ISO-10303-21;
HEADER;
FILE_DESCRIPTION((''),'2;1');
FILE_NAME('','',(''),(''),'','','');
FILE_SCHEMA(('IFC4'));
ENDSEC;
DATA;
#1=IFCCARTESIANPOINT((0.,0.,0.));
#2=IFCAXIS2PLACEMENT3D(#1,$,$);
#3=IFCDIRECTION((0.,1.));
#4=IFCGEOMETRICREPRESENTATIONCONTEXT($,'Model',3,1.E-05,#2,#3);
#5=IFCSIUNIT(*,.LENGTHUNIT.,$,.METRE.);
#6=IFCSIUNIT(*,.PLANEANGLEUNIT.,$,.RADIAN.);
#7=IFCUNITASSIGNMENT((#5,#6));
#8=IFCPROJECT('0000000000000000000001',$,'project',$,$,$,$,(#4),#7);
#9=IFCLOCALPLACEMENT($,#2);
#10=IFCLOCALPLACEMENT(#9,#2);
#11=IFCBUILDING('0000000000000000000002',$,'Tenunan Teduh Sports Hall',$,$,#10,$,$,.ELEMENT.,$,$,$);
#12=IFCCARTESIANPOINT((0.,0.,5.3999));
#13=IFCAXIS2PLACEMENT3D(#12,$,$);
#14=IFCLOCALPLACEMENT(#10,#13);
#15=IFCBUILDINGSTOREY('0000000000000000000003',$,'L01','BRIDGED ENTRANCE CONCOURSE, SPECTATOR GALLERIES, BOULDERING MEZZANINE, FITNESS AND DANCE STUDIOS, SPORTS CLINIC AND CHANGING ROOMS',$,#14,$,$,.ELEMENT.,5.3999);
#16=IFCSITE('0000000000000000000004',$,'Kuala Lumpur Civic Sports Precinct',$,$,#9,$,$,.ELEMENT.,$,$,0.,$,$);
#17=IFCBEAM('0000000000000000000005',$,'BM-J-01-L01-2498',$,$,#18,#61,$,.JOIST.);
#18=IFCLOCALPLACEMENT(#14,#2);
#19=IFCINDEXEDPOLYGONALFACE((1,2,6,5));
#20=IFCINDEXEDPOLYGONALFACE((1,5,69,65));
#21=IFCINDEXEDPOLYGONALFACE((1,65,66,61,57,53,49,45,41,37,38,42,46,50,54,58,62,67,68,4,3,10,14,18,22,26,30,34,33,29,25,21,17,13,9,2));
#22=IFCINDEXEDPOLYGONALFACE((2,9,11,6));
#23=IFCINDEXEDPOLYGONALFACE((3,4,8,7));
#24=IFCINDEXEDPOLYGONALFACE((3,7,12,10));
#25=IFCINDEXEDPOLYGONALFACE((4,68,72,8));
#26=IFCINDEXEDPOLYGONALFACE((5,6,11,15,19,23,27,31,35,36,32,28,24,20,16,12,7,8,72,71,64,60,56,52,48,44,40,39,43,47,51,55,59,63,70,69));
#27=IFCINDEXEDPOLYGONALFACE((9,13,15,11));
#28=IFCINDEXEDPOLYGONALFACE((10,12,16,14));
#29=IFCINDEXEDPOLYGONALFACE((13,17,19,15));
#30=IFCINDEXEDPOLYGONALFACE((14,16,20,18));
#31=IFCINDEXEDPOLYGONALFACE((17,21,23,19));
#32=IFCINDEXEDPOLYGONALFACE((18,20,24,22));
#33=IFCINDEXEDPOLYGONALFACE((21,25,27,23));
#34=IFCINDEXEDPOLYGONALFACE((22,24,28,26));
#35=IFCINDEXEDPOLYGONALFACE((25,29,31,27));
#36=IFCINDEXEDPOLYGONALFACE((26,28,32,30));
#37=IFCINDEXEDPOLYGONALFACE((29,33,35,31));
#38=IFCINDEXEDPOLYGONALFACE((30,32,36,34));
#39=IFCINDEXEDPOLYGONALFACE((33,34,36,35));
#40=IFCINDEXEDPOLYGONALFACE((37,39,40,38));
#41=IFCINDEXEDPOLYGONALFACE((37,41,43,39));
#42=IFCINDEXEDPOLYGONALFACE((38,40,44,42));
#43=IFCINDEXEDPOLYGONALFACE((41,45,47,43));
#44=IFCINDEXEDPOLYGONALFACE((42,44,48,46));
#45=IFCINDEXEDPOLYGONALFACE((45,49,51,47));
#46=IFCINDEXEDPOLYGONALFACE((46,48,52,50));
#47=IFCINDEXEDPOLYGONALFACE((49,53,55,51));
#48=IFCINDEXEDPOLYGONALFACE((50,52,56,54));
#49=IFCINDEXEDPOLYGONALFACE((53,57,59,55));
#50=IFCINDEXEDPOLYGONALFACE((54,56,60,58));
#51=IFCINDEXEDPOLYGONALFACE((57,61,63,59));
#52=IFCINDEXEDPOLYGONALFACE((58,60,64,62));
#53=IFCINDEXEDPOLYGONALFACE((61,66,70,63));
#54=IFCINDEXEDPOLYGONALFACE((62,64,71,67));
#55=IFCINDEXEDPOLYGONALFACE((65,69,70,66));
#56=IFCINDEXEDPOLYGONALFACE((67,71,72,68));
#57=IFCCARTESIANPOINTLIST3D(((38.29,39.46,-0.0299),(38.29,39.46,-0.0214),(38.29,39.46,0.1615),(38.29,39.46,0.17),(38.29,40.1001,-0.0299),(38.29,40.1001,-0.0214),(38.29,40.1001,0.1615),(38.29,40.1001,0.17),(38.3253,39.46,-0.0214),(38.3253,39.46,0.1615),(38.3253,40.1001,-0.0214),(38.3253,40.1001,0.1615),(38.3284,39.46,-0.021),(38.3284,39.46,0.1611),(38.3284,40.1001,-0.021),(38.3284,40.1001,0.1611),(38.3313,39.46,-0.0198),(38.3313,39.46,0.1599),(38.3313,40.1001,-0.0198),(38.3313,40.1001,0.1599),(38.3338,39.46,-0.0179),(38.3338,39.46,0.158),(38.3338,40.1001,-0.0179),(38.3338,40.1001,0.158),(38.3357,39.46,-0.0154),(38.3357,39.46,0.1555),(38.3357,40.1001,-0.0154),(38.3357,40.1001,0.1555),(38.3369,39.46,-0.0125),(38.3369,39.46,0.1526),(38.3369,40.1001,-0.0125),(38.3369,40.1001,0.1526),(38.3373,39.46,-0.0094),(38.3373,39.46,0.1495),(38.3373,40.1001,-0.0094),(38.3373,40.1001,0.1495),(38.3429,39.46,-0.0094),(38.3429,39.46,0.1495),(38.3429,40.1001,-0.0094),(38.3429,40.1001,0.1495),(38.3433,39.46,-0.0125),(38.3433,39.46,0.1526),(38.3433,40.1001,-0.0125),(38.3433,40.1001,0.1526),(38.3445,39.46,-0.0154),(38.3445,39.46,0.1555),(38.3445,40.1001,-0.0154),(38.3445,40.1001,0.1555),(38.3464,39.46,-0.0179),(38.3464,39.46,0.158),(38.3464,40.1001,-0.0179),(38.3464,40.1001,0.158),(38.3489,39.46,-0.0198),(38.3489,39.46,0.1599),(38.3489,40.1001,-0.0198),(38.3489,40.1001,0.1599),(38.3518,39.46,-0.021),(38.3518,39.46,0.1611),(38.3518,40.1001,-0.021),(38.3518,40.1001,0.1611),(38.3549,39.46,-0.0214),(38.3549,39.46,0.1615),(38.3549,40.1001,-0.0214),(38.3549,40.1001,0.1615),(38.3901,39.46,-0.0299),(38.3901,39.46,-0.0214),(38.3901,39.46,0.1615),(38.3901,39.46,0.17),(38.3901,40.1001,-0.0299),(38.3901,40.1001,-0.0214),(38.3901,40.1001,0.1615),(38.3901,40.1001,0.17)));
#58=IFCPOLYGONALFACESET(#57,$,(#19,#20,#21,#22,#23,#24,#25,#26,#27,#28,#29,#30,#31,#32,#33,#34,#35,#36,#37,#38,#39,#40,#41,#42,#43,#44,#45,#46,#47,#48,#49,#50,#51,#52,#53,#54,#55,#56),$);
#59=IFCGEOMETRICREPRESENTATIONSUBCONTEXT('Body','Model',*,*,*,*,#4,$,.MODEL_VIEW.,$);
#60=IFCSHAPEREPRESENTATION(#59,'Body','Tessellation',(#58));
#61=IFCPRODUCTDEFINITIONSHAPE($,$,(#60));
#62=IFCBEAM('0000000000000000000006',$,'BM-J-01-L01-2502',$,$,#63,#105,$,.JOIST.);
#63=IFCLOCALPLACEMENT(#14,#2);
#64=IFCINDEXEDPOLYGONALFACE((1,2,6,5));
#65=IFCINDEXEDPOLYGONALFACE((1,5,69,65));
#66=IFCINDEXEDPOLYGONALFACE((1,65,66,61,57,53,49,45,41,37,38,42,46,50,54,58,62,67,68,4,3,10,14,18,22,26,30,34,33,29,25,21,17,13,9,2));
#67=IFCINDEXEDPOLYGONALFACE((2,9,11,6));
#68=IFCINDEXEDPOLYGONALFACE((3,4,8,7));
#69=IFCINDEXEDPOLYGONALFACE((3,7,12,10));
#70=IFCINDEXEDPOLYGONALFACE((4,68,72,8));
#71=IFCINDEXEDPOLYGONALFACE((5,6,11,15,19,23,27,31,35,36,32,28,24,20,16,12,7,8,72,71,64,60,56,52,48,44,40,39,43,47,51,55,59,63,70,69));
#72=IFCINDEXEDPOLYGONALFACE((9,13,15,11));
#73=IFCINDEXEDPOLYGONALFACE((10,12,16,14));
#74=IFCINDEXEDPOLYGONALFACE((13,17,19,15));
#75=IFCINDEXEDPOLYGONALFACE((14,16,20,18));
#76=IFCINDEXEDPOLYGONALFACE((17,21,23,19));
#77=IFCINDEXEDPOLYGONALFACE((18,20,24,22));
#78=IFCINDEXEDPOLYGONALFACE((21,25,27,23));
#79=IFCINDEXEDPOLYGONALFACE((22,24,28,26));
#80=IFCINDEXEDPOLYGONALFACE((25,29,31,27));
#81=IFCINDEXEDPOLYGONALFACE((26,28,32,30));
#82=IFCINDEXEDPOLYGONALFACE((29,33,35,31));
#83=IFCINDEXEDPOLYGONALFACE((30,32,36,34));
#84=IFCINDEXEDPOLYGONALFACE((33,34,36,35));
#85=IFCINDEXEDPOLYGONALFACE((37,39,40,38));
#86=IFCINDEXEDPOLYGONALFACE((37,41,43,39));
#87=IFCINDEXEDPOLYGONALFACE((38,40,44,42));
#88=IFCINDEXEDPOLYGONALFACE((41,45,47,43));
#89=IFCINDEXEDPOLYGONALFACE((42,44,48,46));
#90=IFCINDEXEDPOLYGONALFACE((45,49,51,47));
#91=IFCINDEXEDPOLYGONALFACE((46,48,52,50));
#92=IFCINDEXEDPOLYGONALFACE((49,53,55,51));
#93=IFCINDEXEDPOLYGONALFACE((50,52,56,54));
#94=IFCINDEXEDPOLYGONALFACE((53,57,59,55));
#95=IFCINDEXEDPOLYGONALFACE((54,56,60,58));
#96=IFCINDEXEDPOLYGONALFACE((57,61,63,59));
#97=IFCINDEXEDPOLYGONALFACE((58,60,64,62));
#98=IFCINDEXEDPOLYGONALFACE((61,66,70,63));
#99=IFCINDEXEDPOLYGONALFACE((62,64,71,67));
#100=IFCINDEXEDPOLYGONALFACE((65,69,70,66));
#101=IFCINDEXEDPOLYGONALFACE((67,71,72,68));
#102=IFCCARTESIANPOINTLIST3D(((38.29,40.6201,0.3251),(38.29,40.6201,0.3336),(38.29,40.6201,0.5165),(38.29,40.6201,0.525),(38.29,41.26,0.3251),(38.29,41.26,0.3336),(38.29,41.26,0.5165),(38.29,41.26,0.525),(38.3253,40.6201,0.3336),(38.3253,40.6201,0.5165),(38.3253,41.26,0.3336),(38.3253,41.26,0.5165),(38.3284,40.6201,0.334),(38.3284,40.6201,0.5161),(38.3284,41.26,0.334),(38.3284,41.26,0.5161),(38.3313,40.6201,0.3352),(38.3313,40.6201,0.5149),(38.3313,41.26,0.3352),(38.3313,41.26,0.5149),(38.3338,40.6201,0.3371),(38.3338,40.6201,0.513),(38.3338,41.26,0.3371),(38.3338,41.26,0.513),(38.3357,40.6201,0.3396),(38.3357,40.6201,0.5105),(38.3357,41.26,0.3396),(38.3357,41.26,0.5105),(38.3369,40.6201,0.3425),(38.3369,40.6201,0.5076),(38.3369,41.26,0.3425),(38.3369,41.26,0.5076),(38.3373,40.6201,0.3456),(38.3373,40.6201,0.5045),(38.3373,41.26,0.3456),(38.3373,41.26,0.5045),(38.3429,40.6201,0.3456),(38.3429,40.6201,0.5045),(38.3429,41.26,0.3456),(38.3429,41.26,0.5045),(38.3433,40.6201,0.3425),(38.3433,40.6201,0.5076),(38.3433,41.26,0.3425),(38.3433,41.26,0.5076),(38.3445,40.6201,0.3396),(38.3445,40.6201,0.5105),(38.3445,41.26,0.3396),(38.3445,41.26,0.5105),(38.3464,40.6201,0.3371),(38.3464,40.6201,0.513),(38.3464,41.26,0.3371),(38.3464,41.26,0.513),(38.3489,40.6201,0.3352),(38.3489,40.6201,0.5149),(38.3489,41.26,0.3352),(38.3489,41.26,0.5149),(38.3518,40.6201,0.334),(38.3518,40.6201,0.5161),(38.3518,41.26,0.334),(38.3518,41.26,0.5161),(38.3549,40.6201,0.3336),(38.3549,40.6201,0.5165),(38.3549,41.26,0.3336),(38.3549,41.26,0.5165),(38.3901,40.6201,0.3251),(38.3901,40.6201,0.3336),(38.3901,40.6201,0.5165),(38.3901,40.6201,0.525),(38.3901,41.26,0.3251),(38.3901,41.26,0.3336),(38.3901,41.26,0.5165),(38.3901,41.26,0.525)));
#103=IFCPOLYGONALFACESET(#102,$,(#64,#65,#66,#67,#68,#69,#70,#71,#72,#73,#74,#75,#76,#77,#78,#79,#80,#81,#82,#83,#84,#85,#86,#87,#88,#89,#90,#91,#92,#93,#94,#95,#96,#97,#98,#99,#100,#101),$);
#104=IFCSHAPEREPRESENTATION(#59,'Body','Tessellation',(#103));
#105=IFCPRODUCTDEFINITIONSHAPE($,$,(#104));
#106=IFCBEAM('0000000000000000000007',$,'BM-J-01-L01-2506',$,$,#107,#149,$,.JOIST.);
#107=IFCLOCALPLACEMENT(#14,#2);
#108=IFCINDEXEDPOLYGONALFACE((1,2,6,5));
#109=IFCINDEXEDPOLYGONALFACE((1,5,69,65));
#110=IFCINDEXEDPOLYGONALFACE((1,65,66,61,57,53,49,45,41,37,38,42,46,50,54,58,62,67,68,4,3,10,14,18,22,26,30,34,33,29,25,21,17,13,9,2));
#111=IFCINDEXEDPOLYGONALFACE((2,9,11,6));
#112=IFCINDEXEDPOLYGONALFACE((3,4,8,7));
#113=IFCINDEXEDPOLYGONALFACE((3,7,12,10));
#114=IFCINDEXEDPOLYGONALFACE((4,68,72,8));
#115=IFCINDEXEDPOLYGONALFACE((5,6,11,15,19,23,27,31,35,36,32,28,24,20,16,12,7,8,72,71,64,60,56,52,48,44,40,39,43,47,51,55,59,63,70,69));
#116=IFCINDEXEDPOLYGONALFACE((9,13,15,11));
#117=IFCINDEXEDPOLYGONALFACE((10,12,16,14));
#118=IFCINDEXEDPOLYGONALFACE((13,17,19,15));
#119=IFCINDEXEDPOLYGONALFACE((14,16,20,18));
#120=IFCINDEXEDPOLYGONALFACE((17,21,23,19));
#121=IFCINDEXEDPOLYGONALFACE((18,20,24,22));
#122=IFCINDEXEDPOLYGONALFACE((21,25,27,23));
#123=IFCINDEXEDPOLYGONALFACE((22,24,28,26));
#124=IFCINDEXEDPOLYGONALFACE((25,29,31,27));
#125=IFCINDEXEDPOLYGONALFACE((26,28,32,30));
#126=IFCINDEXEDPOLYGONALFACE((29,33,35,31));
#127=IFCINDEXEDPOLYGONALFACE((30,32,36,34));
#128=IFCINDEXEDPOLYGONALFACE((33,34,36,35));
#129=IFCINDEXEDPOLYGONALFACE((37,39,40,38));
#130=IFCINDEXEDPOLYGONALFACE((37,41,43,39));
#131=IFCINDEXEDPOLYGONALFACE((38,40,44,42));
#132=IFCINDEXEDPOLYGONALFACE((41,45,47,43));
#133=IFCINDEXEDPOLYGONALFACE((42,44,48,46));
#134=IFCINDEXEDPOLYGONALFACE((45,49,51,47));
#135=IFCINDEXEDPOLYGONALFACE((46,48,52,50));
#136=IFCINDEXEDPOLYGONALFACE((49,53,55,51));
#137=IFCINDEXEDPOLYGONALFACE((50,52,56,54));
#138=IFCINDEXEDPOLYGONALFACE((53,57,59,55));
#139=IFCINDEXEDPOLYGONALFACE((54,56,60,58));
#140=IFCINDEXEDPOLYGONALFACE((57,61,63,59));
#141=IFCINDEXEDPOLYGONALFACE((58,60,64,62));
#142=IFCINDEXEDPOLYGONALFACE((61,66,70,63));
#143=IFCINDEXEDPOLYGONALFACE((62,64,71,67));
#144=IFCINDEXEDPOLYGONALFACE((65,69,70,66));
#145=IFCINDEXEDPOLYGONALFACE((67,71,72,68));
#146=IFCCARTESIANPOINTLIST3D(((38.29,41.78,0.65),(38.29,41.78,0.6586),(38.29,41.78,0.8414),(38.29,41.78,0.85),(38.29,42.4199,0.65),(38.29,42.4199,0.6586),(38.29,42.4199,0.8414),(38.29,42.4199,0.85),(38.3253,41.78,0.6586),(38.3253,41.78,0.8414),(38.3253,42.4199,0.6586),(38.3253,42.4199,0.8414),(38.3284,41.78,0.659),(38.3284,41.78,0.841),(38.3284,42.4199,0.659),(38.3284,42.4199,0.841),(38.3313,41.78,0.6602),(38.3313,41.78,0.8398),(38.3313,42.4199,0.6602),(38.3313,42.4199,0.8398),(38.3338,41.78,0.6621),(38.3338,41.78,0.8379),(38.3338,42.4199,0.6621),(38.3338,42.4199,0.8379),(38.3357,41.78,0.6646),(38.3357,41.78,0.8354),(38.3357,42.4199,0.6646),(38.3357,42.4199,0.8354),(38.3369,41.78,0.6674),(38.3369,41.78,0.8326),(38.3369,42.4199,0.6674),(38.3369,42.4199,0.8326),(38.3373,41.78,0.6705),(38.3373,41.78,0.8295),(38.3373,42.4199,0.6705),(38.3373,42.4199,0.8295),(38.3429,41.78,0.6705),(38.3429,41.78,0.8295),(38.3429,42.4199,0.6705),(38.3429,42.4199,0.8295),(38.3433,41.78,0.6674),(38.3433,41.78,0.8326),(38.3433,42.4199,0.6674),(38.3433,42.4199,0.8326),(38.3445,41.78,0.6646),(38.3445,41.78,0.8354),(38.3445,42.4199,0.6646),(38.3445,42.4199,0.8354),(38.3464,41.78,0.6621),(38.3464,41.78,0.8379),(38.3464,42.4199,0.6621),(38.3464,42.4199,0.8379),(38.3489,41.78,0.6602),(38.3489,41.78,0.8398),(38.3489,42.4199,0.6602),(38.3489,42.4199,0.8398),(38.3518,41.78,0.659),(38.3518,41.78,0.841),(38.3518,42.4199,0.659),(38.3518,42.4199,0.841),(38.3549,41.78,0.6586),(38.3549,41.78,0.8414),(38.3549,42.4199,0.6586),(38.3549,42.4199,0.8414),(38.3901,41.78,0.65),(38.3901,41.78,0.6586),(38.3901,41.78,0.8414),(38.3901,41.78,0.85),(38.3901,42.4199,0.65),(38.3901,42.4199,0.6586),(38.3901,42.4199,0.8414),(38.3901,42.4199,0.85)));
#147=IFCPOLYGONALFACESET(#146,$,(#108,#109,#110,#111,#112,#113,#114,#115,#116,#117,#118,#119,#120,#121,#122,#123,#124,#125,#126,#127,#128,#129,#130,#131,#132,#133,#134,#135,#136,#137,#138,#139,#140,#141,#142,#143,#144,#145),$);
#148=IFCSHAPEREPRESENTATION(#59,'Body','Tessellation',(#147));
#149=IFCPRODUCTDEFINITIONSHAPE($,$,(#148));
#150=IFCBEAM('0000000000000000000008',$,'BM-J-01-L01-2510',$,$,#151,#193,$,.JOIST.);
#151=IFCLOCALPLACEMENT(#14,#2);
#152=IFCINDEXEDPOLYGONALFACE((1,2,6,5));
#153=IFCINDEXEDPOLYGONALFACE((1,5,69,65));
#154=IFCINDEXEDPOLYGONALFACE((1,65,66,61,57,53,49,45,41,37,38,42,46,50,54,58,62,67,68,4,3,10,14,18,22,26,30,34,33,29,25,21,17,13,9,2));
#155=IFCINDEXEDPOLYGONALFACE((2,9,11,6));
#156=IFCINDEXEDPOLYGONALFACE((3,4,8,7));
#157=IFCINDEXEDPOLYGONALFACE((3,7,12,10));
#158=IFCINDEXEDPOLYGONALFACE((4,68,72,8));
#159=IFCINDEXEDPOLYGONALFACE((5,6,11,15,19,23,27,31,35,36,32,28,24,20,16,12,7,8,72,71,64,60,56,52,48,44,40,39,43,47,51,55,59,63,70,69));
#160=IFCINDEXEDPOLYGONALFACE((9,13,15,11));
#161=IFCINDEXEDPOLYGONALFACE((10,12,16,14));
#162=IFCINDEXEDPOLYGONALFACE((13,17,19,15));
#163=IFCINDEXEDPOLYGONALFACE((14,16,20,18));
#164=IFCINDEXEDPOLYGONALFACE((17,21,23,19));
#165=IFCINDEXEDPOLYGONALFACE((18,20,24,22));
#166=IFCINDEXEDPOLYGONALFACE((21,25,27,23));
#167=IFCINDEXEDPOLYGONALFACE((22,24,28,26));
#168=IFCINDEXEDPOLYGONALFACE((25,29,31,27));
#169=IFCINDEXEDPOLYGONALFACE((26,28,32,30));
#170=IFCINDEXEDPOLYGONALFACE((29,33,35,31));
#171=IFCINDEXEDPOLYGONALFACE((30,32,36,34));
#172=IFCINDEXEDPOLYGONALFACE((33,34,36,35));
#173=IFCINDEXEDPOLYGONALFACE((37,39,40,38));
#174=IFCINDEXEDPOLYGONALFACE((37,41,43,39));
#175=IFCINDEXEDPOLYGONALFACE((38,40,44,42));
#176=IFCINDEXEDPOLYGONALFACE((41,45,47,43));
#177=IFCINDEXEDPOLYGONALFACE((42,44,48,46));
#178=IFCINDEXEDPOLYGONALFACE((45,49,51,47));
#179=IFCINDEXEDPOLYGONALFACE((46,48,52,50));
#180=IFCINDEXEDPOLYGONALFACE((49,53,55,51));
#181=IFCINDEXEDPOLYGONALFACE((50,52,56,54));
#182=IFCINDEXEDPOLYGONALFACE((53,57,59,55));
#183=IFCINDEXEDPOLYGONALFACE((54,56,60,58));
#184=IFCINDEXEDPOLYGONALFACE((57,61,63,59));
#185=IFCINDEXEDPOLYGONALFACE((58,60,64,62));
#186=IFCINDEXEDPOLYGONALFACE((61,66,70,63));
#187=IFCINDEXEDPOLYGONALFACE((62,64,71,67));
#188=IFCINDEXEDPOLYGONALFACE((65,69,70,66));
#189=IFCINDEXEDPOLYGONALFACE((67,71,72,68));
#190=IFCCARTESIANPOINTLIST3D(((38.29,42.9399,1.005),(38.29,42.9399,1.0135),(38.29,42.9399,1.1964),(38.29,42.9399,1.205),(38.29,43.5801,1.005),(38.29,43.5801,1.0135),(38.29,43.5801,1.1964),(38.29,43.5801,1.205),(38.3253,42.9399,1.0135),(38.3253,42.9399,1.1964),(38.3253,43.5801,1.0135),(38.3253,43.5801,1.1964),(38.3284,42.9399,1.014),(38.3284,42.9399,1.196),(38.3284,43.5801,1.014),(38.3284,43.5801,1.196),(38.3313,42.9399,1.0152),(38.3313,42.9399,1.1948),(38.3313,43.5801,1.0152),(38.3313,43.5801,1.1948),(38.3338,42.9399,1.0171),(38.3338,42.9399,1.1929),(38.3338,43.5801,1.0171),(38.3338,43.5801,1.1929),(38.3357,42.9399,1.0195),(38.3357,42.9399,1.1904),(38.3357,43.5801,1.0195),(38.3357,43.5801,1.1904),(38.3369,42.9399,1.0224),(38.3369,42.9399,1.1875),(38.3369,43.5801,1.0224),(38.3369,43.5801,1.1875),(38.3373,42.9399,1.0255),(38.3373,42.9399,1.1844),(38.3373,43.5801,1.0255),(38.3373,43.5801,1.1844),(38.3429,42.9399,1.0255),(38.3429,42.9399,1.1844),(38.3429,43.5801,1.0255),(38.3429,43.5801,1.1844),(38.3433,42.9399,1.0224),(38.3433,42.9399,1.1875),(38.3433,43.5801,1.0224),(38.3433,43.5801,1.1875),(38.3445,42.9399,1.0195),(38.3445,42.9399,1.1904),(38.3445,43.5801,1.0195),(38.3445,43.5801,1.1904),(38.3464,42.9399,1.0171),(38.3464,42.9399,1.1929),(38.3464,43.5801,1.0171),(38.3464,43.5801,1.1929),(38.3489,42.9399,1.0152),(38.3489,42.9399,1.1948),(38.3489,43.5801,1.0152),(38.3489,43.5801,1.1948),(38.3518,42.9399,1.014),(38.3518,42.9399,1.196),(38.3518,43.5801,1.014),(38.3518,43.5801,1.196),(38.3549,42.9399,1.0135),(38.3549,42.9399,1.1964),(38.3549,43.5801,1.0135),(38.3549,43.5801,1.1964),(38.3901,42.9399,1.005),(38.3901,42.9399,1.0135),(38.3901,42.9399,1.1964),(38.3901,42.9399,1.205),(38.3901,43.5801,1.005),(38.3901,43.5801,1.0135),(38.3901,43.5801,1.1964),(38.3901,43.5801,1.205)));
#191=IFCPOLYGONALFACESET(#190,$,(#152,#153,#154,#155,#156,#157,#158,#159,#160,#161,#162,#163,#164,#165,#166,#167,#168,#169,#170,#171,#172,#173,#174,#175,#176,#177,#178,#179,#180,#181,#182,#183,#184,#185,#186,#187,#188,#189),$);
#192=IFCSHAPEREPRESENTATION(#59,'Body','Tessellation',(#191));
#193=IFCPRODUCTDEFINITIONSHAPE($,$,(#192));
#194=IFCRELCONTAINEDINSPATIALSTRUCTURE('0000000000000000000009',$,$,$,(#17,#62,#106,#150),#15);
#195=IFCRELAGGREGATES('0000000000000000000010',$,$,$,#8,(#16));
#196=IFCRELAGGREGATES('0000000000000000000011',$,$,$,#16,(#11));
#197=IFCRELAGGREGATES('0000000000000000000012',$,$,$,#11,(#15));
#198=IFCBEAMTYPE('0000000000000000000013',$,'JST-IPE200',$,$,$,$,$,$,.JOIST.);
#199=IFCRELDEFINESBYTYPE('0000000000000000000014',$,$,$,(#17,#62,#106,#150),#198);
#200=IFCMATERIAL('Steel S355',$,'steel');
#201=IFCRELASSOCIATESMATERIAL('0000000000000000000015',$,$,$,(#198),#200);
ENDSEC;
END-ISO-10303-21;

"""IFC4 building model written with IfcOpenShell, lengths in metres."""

from ifc_helpers import new_model, si_unit, direction, frame, origin, origin_2d, place, context, subcontext, project, spatial, i_section, extrude, material, material_profile, profile_set, type_object, element, save


model = new_model("IFC4")

# Units and contexts
model_context = context("Model", 3, precision=1e-05, world=origin(), true_north=direction((0.0, 1.0)))
body_context = subcontext(model_context, "Body", "Model", "MODEL_VIEW")
ifc_project = project(units=[si_unit("LENGTHUNIT", "METRE"), si_unit("PLANEANGLEUNIT", "RADIAN")], contexts=[model_context])

# Site, building, storey
site_placement = place(None, origin())
site = spatial("IfcSite", under=ifc_project, at=site_placement, Name="Kuala Lumpur Civic Sports Precinct", CompositionType="ELEMENT", RefElevation=0.0)
building_placement = place(site_placement, origin())
building = spatial("IfcBuilding", under=site, at=building_placement, Name="Tenunan Teduh Sports Hall", CompositionType="ELEMENT")
storey_placement = place(building_placement, frame((0.0, 0.0, 5.3999)))
storey = spatial("IfcBuildingStorey", under=building, at=storey_placement, Name="L01", Description="BRIDGED ENTRANCE CONCOURSE, SPECTATOR GALLERIES, BOULDERING MEZZANINE, FITNESS AND DANCE STUDIOS, SPORTS CLINIC AND CHANGING ROOMS", CompositionType="ELEMENT", Elevation=5.3999)

# Beams
ifc_material_1 = material(Name="Steel S355", Category="steel")
ifc_material_profile_1 = material_profile(ifc_material_1, i_section(OverallWidth=0.1001, OverallDepth=0.2, WebThickness=0.0056, FlangeThickness=0.0085, FilletRadius=0.012, at=origin_2d()), Name="IPE 200")
ifc_profile_set_1 = profile_set([ifc_material_profile_1], Name="Steel S355")
beam_type_1 = type_object("IfcBeamType", Name="JST-IPE200", PredefinedType="JOIST", material=ifc_profile_set_1)
beam_1_placement = place(storey_placement, frame((38.3401, 39.46, 0.0701), z_axis=(0.0, 1.0, 0.0), x_axis=(-1.0, 0.0, 0.0)))
element("IfcBeam", 1, at=beam_1_placement, inside=storey, type_object=beam_type_1, Name="BM-J-01-L01-2498", PredefinedType="JOIST", context=body_context, shape_type="SweptSolid", body=[
    extrude(i_section(OverallWidth=0.1001, OverallDepth=0.2, WebThickness=0.0056, FlangeThickness=0.0085, FilletRadius=0.012, at=origin_2d()), origin(), (0.0, 0.0, 1.0), 0.6401),
])
for number, where, z_axis, x_axis, name in (
    (2, (38.3401, 40.6201, 0.425), (0.0, 1.0, 0.0), (-1.0, 0.0, 0.0), "BM-J-01-L01-2502"),
    (3, (38.3401, 41.78, 0.75), (0.0, 1.0, 0.0), (-1.0, 0.0, 0.0), "BM-J-01-L01-2506"),
):
    element("IfcBeam", number, at=place(storey_placement, frame(where, z_axis=z_axis, x_axis=x_axis)), inside=storey, type_object=beam_type_1, Name=name, PredefinedType="JOIST", context=body_context, shape_type="SweptSolid", body=[
        extrude(i_section(OverallWidth=0.1001, OverallDepth=0.2, WebThickness=0.0056, FlangeThickness=0.0085, FilletRadius=0.012, at=origin_2d()), origin(), (0.0, 0.0, 1.0), 0.6399),
    ])
beam_2_placement = place(storey_placement, frame((38.3401, 42.9399, 1.105), z_axis=(0.0, 1.0, 0.0), x_axis=(-1.0, 0.0, 0.0)))
element("IfcBeam", 4, at=beam_2_placement, inside=storey, type_object=beam_type_1, Name="BM-J-01-L01-2510", PredefinedType="JOIST", context=body_context, shape_type="SweptSolid", body=[
    extrude(i_section(OverallWidth=0.1001, OverallDepth=0.2, WebThickness=0.0056, FlangeThickness=0.0085, FilletRadius=0.012, at=origin_2d()), origin(), (0.0, 0.0, 1.0), 0.6401),
])

save(model, "model.ifc")
